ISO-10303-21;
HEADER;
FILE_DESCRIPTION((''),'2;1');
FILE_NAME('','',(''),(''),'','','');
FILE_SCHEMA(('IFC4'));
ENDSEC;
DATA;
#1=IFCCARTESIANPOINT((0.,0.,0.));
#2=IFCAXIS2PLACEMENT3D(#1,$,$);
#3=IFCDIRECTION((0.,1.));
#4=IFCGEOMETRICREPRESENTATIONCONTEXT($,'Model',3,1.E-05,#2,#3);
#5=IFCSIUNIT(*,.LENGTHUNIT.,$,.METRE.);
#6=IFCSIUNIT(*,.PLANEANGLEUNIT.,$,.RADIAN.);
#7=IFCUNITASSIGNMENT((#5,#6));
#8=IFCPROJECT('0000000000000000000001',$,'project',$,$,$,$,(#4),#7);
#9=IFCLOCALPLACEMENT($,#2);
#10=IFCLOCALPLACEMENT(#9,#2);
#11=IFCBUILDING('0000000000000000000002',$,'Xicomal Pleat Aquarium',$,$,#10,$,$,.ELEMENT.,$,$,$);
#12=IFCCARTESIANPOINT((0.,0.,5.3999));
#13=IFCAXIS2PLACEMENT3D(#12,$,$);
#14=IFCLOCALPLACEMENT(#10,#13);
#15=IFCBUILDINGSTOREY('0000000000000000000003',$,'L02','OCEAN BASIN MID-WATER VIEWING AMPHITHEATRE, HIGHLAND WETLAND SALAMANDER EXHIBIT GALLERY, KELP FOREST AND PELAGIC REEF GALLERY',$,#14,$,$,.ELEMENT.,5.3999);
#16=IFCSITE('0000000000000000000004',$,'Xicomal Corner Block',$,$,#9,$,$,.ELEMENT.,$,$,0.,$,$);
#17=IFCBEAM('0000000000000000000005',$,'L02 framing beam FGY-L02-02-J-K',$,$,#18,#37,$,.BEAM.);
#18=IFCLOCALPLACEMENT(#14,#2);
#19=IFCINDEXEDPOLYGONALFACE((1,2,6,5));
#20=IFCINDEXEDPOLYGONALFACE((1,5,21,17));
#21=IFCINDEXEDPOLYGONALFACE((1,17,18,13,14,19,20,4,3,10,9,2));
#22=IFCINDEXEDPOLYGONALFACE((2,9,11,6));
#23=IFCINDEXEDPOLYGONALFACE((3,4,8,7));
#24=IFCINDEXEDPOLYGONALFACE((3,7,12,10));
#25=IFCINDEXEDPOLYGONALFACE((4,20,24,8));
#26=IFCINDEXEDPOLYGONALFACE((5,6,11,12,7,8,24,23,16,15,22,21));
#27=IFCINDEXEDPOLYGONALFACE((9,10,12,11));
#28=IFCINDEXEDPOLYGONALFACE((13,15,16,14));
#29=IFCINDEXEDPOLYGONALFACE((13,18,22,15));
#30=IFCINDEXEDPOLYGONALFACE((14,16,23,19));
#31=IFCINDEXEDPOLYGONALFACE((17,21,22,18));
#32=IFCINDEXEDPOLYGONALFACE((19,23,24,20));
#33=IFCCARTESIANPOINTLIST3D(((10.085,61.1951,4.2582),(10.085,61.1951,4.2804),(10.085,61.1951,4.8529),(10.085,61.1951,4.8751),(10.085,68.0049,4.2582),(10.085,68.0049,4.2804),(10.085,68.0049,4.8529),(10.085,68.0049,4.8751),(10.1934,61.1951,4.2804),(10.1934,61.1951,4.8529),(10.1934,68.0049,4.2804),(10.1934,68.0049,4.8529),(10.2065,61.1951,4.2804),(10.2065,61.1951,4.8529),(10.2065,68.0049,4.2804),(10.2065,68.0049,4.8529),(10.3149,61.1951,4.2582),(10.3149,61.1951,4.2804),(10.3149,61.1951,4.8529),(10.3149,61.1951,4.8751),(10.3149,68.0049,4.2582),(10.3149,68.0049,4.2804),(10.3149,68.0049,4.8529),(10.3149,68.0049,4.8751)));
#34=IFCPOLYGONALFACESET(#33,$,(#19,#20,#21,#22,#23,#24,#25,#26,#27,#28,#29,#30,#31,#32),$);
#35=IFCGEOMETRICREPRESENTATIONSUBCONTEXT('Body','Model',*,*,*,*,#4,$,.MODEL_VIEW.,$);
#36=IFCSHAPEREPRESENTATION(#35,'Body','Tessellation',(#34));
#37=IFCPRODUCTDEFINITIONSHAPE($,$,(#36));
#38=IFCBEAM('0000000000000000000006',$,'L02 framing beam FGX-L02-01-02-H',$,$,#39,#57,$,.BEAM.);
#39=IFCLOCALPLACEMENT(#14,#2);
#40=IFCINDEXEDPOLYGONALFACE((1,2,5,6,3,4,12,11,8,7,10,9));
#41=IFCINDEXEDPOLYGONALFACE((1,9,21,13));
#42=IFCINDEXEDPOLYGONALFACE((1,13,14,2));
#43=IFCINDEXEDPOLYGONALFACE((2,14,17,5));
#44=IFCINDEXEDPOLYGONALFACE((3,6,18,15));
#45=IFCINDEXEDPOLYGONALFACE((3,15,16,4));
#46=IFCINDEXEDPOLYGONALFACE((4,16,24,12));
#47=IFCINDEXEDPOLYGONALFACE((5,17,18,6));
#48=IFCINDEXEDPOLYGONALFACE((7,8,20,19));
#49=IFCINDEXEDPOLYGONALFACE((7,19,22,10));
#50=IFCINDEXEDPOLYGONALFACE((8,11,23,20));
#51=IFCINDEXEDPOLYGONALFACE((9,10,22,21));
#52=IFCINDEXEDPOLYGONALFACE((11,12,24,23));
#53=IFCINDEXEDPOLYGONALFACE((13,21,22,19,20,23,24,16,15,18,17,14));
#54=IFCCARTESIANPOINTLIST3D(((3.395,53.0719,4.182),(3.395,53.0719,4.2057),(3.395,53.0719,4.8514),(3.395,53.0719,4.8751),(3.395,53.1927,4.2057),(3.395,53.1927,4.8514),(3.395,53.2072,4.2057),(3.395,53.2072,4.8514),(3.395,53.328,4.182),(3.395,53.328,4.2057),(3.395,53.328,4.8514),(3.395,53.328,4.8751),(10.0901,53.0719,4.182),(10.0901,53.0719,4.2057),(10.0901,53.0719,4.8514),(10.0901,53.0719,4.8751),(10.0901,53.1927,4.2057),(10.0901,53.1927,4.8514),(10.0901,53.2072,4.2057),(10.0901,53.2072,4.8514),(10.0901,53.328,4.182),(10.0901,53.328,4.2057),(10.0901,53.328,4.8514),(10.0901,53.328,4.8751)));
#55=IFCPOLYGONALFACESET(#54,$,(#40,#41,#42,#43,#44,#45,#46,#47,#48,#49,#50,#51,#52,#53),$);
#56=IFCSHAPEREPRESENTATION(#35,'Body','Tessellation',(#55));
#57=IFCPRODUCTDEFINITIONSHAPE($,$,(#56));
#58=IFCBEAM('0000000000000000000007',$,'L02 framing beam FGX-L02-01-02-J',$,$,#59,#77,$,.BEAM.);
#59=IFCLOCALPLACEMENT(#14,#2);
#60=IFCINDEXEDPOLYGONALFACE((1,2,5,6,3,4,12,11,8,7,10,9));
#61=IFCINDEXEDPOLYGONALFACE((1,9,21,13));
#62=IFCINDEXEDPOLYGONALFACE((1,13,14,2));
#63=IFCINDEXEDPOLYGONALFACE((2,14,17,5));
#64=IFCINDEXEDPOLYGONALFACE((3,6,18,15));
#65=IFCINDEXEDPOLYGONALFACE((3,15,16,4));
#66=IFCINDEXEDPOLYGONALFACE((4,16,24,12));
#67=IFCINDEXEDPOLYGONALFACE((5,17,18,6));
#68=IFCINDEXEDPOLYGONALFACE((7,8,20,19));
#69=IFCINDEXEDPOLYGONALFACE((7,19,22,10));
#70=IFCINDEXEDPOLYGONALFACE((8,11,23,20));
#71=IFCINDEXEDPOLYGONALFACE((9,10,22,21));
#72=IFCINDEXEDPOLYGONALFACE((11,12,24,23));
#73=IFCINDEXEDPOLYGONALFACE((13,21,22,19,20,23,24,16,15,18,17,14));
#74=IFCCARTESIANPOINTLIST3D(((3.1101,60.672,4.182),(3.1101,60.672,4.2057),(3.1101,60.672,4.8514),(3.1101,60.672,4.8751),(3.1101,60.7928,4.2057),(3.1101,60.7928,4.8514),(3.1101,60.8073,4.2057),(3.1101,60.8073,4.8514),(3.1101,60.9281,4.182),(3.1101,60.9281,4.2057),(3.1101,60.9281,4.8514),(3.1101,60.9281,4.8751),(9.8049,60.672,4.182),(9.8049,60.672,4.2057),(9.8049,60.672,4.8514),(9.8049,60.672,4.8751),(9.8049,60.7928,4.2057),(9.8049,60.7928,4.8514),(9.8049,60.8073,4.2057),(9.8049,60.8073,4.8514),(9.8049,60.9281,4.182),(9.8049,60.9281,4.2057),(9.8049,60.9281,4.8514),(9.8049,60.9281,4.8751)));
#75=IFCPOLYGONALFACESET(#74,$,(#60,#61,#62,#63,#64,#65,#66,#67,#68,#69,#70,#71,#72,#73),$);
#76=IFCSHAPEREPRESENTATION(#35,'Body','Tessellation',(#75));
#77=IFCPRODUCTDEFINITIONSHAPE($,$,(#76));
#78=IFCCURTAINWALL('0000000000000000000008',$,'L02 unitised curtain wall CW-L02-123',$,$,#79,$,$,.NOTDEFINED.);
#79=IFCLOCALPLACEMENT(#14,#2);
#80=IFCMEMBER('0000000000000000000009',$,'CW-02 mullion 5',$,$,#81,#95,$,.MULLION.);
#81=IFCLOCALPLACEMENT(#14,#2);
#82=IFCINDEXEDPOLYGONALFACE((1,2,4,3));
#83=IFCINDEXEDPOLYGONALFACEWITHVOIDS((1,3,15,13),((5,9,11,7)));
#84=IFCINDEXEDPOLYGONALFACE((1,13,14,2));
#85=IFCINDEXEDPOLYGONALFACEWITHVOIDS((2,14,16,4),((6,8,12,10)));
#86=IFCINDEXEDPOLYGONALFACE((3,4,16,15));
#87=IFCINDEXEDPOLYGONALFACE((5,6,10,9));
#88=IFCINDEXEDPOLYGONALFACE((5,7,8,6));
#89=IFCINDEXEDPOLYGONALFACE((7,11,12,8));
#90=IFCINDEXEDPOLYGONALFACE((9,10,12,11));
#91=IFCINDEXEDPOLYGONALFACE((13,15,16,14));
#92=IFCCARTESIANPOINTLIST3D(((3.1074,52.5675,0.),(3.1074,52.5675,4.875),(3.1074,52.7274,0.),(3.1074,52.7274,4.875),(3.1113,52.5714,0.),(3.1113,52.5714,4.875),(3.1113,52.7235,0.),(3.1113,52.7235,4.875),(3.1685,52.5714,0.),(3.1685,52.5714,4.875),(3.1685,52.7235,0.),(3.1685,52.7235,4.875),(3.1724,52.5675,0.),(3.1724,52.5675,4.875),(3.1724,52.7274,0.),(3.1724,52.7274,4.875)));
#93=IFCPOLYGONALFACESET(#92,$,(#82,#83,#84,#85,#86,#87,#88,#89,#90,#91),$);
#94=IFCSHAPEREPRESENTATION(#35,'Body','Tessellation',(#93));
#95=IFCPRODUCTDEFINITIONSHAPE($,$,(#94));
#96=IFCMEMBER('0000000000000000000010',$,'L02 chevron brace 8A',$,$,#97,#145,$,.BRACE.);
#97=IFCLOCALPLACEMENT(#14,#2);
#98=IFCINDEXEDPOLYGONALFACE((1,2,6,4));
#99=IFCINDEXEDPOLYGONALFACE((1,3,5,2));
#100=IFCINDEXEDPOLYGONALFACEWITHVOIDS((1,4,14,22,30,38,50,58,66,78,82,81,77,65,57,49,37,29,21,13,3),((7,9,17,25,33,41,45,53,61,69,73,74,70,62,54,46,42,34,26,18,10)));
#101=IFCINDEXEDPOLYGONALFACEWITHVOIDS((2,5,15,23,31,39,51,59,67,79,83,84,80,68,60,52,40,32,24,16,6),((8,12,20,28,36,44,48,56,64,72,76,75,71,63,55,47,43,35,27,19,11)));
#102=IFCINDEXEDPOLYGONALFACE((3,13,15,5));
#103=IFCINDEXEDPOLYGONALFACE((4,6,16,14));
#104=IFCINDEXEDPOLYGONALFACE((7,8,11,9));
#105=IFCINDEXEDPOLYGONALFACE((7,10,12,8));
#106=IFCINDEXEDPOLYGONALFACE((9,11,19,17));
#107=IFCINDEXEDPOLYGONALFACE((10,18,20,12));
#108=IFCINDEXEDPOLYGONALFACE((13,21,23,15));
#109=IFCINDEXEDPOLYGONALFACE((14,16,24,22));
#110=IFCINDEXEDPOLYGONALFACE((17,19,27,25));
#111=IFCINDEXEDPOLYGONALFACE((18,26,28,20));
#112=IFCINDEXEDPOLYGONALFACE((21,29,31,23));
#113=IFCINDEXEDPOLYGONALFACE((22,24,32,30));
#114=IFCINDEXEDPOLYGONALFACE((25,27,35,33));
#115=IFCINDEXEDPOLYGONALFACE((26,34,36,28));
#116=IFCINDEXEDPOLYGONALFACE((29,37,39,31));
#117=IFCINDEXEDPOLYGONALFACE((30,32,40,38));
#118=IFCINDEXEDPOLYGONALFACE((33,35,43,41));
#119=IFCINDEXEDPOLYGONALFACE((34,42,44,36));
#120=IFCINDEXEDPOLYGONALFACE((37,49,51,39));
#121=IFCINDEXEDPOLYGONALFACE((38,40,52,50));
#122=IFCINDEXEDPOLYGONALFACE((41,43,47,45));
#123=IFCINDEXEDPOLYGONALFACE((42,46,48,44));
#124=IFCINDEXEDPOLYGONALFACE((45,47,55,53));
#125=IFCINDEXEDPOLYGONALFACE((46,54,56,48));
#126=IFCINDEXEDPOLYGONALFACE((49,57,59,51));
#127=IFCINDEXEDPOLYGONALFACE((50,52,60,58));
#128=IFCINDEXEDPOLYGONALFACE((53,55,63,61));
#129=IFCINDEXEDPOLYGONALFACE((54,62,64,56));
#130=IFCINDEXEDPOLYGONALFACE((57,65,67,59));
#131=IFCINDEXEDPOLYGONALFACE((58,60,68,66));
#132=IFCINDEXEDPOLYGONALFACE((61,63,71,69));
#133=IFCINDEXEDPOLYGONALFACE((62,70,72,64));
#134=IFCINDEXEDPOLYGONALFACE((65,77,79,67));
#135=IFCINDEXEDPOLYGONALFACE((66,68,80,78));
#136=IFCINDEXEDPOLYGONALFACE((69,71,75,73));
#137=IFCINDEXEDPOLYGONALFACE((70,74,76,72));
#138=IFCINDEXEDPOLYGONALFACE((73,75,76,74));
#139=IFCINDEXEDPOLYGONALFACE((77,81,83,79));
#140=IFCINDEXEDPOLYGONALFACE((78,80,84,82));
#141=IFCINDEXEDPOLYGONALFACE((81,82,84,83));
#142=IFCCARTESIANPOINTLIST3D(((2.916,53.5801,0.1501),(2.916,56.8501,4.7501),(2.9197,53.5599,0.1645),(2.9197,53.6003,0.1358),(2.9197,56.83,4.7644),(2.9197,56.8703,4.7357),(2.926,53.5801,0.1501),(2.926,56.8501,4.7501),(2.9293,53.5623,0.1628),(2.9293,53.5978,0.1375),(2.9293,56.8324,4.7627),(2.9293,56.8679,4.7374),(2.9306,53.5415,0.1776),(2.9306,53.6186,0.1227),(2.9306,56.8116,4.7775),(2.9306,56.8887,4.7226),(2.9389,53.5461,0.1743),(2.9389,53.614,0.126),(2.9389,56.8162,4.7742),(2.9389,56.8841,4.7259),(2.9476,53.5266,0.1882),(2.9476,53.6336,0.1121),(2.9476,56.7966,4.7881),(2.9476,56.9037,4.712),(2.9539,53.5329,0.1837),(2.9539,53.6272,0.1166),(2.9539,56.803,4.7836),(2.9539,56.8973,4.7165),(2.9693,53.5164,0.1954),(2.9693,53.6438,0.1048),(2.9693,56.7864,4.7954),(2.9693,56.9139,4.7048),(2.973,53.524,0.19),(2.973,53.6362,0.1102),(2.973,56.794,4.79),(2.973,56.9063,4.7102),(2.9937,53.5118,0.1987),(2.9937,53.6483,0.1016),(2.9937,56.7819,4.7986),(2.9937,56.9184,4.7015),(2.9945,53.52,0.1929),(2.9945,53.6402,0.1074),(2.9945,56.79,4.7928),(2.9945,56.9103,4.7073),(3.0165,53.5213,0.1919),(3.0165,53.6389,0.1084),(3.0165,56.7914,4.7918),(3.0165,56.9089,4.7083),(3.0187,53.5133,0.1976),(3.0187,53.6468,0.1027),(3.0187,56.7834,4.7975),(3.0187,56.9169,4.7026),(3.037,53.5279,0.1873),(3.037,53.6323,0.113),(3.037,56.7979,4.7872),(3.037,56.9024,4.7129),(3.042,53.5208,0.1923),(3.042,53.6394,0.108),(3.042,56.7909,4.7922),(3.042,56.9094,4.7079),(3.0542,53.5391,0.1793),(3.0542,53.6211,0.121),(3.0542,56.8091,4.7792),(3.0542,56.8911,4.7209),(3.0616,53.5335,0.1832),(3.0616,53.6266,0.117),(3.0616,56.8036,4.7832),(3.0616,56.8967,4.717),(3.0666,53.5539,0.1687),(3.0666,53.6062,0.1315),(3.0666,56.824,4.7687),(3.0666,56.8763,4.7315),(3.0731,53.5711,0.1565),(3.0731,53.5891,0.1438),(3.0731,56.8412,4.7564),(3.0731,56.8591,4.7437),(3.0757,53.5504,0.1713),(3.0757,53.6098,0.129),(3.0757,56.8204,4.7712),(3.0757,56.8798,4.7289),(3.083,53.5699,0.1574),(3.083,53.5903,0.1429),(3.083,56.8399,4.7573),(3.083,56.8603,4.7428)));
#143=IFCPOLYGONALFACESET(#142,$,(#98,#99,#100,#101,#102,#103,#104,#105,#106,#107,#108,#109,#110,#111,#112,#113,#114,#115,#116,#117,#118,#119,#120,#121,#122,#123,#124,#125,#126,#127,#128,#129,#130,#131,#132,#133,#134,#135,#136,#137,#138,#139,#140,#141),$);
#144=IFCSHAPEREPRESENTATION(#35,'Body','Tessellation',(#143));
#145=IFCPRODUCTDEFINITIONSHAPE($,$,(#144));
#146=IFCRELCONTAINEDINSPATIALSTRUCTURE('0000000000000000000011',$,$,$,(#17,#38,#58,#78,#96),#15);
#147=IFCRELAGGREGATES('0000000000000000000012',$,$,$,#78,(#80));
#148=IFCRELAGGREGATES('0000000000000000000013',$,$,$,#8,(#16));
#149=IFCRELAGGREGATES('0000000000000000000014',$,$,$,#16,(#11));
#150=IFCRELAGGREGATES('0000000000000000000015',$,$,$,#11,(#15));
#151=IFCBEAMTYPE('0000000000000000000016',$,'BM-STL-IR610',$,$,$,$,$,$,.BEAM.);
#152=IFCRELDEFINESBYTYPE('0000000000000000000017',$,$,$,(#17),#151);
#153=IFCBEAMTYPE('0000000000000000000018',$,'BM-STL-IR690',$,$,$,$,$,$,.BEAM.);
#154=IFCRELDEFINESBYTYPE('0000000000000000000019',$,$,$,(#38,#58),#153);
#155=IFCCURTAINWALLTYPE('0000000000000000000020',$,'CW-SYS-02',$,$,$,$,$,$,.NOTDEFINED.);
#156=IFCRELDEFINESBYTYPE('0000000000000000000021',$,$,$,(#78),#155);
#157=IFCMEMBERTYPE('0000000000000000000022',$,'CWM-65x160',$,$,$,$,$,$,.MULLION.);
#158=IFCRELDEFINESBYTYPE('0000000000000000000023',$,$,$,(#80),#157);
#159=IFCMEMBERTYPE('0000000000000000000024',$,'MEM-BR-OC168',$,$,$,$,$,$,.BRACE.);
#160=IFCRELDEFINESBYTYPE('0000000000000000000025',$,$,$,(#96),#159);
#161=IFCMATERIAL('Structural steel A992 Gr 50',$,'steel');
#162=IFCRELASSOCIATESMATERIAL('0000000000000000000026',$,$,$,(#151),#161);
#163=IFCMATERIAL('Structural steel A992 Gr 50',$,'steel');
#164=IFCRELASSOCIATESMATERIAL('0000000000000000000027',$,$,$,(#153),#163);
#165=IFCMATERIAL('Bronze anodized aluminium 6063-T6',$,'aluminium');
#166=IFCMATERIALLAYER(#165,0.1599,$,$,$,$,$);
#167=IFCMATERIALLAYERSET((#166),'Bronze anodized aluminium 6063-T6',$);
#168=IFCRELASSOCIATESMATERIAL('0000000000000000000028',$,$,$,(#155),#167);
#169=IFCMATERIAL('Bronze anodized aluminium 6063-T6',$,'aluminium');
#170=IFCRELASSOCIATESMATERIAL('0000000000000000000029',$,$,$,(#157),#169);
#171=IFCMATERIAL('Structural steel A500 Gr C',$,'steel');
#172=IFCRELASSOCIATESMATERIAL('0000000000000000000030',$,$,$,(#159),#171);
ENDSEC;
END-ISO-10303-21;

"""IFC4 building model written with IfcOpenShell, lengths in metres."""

from ifc_helpers import new_model, si_unit, direction, frame, origin, origin_2d, place, context, subcontext, project, spatial, hollow_rectangle, hollow_circle, i_section, extrude, material, layer, layer_set, material_profile, profile_set, type_object, element, aggregate, save


model = new_model("IFC4")

# Units and contexts
model_context = context("Model", 3, precision=1e-05, world=origin(), true_north=direction((0.0, 1.0)))
body_context = subcontext(model_context, "Body", "Model", "MODEL_VIEW")
ifc_project = project(units=[si_unit("LENGTHUNIT", "METRE"), si_unit("PLANEANGLEUNIT", "RADIAN")], contexts=[model_context])

# Site, building, storey
site_placement = place(None, origin())
site = spatial("IfcSite", under=ifc_project, at=site_placement, Name="Xicomal Corner Block", CompositionType="ELEMENT", RefElevation=0.0)
building_placement = place(site_placement, origin())
building = spatial("IfcBuilding", under=site, at=building_placement, Name="Xicomal Pleat Aquarium", CompositionType="ELEMENT")
storey_placement = place(building_placement, frame((0.0, 0.0, 5.3999)))
storey = spatial("IfcBuildingStorey", under=building, at=storey_placement, Name="L02", Description="OCEAN BASIN MID-WATER VIEWING AMPHITHEATRE, HIGHLAND WETLAND SALAMANDER EXHIBIT GALLERY, KELP FOREST AND PELAGIC REEF GALLERY", CompositionType="ELEMENT", Elevation=5.3999)

# Beams
ifc_material_1 = material(Name="Structural steel A992 Gr 50", Category="steel")
ifc_material_profile_1 = material_profile(ifc_material_1, i_section(OverallWidth=0.23, OverallDepth=0.6169, WebThickness=0.0132, FlangeThickness=0.0222, at=origin_2d()), Name="IR 610x140")
ifc_profile_set_1 = profile_set([ifc_material_profile_1], Name="Structural steel A992 Gr 50")
beam_type_1 = type_object("IfcBeamType", Name="BM-STL-IR610", PredefinedType="BEAM", material=ifc_profile_set_1)
beam_1_placement = place(storey_placement, frame((10.2, 61.1951, 4.5667), z_axis=(0.0, 1.0, 0.0), x_axis=(-1.0, 0.0, 0.0)))
element("IfcBeam", 1, at=beam_1_placement, inside=storey, type_object=beam_type_1, Name="L02 framing beam FGY-L02-02-J-K", PredefinedType="BEAM", context=body_context, shape_type="SweptSolid", body=[
    extrude(i_section(OverallWidth=0.23, OverallDepth=0.6169, WebThickness=0.0132, FlangeThickness=0.0222, at=origin_2d()), origin(), (0.0, 0.0, 1.0), 6.8098),
])
ifc_material_2 = material(Name="Structural steel A992 Gr 50", Category="steel")
ifc_material_profile_2 = material_profile(ifc_material_2, i_section(OverallWidth=0.2561, OverallDepth=0.6931, WebThickness=0.0144, FlangeThickness=0.0237, at=origin_2d()), Name="IR 690x170")
ifc_profile_set_2 = profile_set([ifc_material_profile_2], Name="Structural steel A992 Gr 50")
beam_type_2 = type_object("IfcBeamType", Name="BM-STL-IR690", PredefinedType="BEAM", material=ifc_profile_set_2)
beam_2_placement = place(storey_placement, frame((3.395, 53.2, 4.5286), z_axis=(1.0, 0.0, 0.0), x_axis=(0.0, 1.0, 0.0)))
element("IfcBeam", 2, at=beam_2_placement, inside=storey, type_object=beam_type_2, Name="L02 framing beam FGX-L02-01-02-H", PredefinedType="BEAM", context=body_context, shape_type="SweptSolid", body=[
    extrude(i_section(OverallWidth=0.2561, OverallDepth=0.6931, WebThickness=0.0144, FlangeThickness=0.0237, at=origin_2d()), origin(), (0.0, 0.0, 1.0), 6.6951),
])
beam_3_placement = place(storey_placement, frame((3.1101, 60.8, 4.5286), z_axis=(1.0, 0.0, 0.0), x_axis=(0.0, 1.0, 0.0)))
element("IfcBeam", 3, at=beam_3_placement, inside=storey, type_object=beam_type_2, Name="L02 framing beam FGX-L02-01-02-J", PredefinedType="BEAM", context=body_context, shape_type="SweptSolid", body=[
    extrude(i_section(OverallWidth=0.2561, OverallDepth=0.6931, WebThickness=0.0144, FlangeThickness=0.0237, at=origin_2d()), origin(), (0.0, 0.0, 1.0), 6.6948),
])

# Curtain wall, member
ifc_material_3 = material(Name="Bronze anodized aluminium 6063-T6", Category="aluminium")
ifc_layer_1 = layer(ifc_material_3, 0.1599)
ifc_layer_set_1 = layer_set([ifc_layer_1], Name="Bronze anodized aluminium 6063-T6")
curtain_wall_type = type_object("IfcCurtainWallType", Name="CW-SYS-02", PredefinedType="NOTDEFINED", material=ifc_layer_set_1)
curtain_wall_placement = place(storey_placement, origin())
curtain_wall = element("IfcCurtainWall", 4, at=curtain_wall_placement, inside=storey, type_object=curtain_wall_type, Name="L02 unitised curtain wall CW-L02-123", PredefinedType="NOTDEFINED")
ifc_material_4 = material(Name="Bronze anodized aluminium 6063-T6", Category="aluminium")
ifc_material_profile_3 = material_profile(ifc_material_4, hollow_rectangle(XDim=0.0649, YDim=0.1599, WallThickness=0.0039, at=origin_2d()), Name="ALU MULL 65x160")
ifc_profile_set_3 = profile_set([ifc_material_profile_3], Name="Bronze anodized aluminium 6063-T6")
member_type_1 = type_object("IfcMemberType", Name="CWM-65x160", PredefinedType="MULLION", material=ifc_profile_set_3)
member_1_placement = place(storey_placement, frame((3.1399, 52.6475, 0.0), z_axis=(0.0, 0.0, 1.0), x_axis=(-1.0, 0.0, 0.0)))
member_1 = element("IfcMember", 5, at=member_1_placement, type_object=member_type_1, Name="CW-02 mullion 5", PredefinedType="MULLION", context=body_context, shape_type="SweptSolid", body=[
    extrude(hollow_rectangle(XDim=0.0649, YDim=0.1599, WallThickness=0.0039, at=origin_2d()), origin(), (0.0, 0.0, 1.0), 4.875),
])

# Member
ifc_material_5 = material(Name="Structural steel A500 Gr C", Category="steel")
ifc_material_profile_4 = material_profile(ifc_material_5, hollow_circle(Radius=0.084, WallThickness=0.01, at=origin_2d()), Name="OC 168x10")
ifc_profile_set_4 = profile_set([ifc_material_profile_4], Name="Structural steel A500 Gr C")
member_type_2 = type_object("IfcMemberType", Name="MEM-BR-OC168", PredefinedType="BRACE", material=ifc_profile_set_4)
member_2_placement = place(storey_placement, frame((3.0, 53.5801, 0.1501), z_axis=(0.0, 0.579408, 0.815038), x_axis=(-1.0, 0.0, 0.0)))
element("IfcMember", 6, at=member_2_placement, inside=storey, type_object=member_type_2, Name="L02 chevron brace 8A", PredefinedType="BRACE", context=body_context, shape_type="SweptSolid", body=[
    extrude(hollow_circle(Radius=0.084, WallThickness=0.01, at=origin_2d()), origin(), (0.0, 0.0, 1.0), 5.6438),
])

aggregate(curtain_wall, [member_1])

save(model, "model.ifc")
